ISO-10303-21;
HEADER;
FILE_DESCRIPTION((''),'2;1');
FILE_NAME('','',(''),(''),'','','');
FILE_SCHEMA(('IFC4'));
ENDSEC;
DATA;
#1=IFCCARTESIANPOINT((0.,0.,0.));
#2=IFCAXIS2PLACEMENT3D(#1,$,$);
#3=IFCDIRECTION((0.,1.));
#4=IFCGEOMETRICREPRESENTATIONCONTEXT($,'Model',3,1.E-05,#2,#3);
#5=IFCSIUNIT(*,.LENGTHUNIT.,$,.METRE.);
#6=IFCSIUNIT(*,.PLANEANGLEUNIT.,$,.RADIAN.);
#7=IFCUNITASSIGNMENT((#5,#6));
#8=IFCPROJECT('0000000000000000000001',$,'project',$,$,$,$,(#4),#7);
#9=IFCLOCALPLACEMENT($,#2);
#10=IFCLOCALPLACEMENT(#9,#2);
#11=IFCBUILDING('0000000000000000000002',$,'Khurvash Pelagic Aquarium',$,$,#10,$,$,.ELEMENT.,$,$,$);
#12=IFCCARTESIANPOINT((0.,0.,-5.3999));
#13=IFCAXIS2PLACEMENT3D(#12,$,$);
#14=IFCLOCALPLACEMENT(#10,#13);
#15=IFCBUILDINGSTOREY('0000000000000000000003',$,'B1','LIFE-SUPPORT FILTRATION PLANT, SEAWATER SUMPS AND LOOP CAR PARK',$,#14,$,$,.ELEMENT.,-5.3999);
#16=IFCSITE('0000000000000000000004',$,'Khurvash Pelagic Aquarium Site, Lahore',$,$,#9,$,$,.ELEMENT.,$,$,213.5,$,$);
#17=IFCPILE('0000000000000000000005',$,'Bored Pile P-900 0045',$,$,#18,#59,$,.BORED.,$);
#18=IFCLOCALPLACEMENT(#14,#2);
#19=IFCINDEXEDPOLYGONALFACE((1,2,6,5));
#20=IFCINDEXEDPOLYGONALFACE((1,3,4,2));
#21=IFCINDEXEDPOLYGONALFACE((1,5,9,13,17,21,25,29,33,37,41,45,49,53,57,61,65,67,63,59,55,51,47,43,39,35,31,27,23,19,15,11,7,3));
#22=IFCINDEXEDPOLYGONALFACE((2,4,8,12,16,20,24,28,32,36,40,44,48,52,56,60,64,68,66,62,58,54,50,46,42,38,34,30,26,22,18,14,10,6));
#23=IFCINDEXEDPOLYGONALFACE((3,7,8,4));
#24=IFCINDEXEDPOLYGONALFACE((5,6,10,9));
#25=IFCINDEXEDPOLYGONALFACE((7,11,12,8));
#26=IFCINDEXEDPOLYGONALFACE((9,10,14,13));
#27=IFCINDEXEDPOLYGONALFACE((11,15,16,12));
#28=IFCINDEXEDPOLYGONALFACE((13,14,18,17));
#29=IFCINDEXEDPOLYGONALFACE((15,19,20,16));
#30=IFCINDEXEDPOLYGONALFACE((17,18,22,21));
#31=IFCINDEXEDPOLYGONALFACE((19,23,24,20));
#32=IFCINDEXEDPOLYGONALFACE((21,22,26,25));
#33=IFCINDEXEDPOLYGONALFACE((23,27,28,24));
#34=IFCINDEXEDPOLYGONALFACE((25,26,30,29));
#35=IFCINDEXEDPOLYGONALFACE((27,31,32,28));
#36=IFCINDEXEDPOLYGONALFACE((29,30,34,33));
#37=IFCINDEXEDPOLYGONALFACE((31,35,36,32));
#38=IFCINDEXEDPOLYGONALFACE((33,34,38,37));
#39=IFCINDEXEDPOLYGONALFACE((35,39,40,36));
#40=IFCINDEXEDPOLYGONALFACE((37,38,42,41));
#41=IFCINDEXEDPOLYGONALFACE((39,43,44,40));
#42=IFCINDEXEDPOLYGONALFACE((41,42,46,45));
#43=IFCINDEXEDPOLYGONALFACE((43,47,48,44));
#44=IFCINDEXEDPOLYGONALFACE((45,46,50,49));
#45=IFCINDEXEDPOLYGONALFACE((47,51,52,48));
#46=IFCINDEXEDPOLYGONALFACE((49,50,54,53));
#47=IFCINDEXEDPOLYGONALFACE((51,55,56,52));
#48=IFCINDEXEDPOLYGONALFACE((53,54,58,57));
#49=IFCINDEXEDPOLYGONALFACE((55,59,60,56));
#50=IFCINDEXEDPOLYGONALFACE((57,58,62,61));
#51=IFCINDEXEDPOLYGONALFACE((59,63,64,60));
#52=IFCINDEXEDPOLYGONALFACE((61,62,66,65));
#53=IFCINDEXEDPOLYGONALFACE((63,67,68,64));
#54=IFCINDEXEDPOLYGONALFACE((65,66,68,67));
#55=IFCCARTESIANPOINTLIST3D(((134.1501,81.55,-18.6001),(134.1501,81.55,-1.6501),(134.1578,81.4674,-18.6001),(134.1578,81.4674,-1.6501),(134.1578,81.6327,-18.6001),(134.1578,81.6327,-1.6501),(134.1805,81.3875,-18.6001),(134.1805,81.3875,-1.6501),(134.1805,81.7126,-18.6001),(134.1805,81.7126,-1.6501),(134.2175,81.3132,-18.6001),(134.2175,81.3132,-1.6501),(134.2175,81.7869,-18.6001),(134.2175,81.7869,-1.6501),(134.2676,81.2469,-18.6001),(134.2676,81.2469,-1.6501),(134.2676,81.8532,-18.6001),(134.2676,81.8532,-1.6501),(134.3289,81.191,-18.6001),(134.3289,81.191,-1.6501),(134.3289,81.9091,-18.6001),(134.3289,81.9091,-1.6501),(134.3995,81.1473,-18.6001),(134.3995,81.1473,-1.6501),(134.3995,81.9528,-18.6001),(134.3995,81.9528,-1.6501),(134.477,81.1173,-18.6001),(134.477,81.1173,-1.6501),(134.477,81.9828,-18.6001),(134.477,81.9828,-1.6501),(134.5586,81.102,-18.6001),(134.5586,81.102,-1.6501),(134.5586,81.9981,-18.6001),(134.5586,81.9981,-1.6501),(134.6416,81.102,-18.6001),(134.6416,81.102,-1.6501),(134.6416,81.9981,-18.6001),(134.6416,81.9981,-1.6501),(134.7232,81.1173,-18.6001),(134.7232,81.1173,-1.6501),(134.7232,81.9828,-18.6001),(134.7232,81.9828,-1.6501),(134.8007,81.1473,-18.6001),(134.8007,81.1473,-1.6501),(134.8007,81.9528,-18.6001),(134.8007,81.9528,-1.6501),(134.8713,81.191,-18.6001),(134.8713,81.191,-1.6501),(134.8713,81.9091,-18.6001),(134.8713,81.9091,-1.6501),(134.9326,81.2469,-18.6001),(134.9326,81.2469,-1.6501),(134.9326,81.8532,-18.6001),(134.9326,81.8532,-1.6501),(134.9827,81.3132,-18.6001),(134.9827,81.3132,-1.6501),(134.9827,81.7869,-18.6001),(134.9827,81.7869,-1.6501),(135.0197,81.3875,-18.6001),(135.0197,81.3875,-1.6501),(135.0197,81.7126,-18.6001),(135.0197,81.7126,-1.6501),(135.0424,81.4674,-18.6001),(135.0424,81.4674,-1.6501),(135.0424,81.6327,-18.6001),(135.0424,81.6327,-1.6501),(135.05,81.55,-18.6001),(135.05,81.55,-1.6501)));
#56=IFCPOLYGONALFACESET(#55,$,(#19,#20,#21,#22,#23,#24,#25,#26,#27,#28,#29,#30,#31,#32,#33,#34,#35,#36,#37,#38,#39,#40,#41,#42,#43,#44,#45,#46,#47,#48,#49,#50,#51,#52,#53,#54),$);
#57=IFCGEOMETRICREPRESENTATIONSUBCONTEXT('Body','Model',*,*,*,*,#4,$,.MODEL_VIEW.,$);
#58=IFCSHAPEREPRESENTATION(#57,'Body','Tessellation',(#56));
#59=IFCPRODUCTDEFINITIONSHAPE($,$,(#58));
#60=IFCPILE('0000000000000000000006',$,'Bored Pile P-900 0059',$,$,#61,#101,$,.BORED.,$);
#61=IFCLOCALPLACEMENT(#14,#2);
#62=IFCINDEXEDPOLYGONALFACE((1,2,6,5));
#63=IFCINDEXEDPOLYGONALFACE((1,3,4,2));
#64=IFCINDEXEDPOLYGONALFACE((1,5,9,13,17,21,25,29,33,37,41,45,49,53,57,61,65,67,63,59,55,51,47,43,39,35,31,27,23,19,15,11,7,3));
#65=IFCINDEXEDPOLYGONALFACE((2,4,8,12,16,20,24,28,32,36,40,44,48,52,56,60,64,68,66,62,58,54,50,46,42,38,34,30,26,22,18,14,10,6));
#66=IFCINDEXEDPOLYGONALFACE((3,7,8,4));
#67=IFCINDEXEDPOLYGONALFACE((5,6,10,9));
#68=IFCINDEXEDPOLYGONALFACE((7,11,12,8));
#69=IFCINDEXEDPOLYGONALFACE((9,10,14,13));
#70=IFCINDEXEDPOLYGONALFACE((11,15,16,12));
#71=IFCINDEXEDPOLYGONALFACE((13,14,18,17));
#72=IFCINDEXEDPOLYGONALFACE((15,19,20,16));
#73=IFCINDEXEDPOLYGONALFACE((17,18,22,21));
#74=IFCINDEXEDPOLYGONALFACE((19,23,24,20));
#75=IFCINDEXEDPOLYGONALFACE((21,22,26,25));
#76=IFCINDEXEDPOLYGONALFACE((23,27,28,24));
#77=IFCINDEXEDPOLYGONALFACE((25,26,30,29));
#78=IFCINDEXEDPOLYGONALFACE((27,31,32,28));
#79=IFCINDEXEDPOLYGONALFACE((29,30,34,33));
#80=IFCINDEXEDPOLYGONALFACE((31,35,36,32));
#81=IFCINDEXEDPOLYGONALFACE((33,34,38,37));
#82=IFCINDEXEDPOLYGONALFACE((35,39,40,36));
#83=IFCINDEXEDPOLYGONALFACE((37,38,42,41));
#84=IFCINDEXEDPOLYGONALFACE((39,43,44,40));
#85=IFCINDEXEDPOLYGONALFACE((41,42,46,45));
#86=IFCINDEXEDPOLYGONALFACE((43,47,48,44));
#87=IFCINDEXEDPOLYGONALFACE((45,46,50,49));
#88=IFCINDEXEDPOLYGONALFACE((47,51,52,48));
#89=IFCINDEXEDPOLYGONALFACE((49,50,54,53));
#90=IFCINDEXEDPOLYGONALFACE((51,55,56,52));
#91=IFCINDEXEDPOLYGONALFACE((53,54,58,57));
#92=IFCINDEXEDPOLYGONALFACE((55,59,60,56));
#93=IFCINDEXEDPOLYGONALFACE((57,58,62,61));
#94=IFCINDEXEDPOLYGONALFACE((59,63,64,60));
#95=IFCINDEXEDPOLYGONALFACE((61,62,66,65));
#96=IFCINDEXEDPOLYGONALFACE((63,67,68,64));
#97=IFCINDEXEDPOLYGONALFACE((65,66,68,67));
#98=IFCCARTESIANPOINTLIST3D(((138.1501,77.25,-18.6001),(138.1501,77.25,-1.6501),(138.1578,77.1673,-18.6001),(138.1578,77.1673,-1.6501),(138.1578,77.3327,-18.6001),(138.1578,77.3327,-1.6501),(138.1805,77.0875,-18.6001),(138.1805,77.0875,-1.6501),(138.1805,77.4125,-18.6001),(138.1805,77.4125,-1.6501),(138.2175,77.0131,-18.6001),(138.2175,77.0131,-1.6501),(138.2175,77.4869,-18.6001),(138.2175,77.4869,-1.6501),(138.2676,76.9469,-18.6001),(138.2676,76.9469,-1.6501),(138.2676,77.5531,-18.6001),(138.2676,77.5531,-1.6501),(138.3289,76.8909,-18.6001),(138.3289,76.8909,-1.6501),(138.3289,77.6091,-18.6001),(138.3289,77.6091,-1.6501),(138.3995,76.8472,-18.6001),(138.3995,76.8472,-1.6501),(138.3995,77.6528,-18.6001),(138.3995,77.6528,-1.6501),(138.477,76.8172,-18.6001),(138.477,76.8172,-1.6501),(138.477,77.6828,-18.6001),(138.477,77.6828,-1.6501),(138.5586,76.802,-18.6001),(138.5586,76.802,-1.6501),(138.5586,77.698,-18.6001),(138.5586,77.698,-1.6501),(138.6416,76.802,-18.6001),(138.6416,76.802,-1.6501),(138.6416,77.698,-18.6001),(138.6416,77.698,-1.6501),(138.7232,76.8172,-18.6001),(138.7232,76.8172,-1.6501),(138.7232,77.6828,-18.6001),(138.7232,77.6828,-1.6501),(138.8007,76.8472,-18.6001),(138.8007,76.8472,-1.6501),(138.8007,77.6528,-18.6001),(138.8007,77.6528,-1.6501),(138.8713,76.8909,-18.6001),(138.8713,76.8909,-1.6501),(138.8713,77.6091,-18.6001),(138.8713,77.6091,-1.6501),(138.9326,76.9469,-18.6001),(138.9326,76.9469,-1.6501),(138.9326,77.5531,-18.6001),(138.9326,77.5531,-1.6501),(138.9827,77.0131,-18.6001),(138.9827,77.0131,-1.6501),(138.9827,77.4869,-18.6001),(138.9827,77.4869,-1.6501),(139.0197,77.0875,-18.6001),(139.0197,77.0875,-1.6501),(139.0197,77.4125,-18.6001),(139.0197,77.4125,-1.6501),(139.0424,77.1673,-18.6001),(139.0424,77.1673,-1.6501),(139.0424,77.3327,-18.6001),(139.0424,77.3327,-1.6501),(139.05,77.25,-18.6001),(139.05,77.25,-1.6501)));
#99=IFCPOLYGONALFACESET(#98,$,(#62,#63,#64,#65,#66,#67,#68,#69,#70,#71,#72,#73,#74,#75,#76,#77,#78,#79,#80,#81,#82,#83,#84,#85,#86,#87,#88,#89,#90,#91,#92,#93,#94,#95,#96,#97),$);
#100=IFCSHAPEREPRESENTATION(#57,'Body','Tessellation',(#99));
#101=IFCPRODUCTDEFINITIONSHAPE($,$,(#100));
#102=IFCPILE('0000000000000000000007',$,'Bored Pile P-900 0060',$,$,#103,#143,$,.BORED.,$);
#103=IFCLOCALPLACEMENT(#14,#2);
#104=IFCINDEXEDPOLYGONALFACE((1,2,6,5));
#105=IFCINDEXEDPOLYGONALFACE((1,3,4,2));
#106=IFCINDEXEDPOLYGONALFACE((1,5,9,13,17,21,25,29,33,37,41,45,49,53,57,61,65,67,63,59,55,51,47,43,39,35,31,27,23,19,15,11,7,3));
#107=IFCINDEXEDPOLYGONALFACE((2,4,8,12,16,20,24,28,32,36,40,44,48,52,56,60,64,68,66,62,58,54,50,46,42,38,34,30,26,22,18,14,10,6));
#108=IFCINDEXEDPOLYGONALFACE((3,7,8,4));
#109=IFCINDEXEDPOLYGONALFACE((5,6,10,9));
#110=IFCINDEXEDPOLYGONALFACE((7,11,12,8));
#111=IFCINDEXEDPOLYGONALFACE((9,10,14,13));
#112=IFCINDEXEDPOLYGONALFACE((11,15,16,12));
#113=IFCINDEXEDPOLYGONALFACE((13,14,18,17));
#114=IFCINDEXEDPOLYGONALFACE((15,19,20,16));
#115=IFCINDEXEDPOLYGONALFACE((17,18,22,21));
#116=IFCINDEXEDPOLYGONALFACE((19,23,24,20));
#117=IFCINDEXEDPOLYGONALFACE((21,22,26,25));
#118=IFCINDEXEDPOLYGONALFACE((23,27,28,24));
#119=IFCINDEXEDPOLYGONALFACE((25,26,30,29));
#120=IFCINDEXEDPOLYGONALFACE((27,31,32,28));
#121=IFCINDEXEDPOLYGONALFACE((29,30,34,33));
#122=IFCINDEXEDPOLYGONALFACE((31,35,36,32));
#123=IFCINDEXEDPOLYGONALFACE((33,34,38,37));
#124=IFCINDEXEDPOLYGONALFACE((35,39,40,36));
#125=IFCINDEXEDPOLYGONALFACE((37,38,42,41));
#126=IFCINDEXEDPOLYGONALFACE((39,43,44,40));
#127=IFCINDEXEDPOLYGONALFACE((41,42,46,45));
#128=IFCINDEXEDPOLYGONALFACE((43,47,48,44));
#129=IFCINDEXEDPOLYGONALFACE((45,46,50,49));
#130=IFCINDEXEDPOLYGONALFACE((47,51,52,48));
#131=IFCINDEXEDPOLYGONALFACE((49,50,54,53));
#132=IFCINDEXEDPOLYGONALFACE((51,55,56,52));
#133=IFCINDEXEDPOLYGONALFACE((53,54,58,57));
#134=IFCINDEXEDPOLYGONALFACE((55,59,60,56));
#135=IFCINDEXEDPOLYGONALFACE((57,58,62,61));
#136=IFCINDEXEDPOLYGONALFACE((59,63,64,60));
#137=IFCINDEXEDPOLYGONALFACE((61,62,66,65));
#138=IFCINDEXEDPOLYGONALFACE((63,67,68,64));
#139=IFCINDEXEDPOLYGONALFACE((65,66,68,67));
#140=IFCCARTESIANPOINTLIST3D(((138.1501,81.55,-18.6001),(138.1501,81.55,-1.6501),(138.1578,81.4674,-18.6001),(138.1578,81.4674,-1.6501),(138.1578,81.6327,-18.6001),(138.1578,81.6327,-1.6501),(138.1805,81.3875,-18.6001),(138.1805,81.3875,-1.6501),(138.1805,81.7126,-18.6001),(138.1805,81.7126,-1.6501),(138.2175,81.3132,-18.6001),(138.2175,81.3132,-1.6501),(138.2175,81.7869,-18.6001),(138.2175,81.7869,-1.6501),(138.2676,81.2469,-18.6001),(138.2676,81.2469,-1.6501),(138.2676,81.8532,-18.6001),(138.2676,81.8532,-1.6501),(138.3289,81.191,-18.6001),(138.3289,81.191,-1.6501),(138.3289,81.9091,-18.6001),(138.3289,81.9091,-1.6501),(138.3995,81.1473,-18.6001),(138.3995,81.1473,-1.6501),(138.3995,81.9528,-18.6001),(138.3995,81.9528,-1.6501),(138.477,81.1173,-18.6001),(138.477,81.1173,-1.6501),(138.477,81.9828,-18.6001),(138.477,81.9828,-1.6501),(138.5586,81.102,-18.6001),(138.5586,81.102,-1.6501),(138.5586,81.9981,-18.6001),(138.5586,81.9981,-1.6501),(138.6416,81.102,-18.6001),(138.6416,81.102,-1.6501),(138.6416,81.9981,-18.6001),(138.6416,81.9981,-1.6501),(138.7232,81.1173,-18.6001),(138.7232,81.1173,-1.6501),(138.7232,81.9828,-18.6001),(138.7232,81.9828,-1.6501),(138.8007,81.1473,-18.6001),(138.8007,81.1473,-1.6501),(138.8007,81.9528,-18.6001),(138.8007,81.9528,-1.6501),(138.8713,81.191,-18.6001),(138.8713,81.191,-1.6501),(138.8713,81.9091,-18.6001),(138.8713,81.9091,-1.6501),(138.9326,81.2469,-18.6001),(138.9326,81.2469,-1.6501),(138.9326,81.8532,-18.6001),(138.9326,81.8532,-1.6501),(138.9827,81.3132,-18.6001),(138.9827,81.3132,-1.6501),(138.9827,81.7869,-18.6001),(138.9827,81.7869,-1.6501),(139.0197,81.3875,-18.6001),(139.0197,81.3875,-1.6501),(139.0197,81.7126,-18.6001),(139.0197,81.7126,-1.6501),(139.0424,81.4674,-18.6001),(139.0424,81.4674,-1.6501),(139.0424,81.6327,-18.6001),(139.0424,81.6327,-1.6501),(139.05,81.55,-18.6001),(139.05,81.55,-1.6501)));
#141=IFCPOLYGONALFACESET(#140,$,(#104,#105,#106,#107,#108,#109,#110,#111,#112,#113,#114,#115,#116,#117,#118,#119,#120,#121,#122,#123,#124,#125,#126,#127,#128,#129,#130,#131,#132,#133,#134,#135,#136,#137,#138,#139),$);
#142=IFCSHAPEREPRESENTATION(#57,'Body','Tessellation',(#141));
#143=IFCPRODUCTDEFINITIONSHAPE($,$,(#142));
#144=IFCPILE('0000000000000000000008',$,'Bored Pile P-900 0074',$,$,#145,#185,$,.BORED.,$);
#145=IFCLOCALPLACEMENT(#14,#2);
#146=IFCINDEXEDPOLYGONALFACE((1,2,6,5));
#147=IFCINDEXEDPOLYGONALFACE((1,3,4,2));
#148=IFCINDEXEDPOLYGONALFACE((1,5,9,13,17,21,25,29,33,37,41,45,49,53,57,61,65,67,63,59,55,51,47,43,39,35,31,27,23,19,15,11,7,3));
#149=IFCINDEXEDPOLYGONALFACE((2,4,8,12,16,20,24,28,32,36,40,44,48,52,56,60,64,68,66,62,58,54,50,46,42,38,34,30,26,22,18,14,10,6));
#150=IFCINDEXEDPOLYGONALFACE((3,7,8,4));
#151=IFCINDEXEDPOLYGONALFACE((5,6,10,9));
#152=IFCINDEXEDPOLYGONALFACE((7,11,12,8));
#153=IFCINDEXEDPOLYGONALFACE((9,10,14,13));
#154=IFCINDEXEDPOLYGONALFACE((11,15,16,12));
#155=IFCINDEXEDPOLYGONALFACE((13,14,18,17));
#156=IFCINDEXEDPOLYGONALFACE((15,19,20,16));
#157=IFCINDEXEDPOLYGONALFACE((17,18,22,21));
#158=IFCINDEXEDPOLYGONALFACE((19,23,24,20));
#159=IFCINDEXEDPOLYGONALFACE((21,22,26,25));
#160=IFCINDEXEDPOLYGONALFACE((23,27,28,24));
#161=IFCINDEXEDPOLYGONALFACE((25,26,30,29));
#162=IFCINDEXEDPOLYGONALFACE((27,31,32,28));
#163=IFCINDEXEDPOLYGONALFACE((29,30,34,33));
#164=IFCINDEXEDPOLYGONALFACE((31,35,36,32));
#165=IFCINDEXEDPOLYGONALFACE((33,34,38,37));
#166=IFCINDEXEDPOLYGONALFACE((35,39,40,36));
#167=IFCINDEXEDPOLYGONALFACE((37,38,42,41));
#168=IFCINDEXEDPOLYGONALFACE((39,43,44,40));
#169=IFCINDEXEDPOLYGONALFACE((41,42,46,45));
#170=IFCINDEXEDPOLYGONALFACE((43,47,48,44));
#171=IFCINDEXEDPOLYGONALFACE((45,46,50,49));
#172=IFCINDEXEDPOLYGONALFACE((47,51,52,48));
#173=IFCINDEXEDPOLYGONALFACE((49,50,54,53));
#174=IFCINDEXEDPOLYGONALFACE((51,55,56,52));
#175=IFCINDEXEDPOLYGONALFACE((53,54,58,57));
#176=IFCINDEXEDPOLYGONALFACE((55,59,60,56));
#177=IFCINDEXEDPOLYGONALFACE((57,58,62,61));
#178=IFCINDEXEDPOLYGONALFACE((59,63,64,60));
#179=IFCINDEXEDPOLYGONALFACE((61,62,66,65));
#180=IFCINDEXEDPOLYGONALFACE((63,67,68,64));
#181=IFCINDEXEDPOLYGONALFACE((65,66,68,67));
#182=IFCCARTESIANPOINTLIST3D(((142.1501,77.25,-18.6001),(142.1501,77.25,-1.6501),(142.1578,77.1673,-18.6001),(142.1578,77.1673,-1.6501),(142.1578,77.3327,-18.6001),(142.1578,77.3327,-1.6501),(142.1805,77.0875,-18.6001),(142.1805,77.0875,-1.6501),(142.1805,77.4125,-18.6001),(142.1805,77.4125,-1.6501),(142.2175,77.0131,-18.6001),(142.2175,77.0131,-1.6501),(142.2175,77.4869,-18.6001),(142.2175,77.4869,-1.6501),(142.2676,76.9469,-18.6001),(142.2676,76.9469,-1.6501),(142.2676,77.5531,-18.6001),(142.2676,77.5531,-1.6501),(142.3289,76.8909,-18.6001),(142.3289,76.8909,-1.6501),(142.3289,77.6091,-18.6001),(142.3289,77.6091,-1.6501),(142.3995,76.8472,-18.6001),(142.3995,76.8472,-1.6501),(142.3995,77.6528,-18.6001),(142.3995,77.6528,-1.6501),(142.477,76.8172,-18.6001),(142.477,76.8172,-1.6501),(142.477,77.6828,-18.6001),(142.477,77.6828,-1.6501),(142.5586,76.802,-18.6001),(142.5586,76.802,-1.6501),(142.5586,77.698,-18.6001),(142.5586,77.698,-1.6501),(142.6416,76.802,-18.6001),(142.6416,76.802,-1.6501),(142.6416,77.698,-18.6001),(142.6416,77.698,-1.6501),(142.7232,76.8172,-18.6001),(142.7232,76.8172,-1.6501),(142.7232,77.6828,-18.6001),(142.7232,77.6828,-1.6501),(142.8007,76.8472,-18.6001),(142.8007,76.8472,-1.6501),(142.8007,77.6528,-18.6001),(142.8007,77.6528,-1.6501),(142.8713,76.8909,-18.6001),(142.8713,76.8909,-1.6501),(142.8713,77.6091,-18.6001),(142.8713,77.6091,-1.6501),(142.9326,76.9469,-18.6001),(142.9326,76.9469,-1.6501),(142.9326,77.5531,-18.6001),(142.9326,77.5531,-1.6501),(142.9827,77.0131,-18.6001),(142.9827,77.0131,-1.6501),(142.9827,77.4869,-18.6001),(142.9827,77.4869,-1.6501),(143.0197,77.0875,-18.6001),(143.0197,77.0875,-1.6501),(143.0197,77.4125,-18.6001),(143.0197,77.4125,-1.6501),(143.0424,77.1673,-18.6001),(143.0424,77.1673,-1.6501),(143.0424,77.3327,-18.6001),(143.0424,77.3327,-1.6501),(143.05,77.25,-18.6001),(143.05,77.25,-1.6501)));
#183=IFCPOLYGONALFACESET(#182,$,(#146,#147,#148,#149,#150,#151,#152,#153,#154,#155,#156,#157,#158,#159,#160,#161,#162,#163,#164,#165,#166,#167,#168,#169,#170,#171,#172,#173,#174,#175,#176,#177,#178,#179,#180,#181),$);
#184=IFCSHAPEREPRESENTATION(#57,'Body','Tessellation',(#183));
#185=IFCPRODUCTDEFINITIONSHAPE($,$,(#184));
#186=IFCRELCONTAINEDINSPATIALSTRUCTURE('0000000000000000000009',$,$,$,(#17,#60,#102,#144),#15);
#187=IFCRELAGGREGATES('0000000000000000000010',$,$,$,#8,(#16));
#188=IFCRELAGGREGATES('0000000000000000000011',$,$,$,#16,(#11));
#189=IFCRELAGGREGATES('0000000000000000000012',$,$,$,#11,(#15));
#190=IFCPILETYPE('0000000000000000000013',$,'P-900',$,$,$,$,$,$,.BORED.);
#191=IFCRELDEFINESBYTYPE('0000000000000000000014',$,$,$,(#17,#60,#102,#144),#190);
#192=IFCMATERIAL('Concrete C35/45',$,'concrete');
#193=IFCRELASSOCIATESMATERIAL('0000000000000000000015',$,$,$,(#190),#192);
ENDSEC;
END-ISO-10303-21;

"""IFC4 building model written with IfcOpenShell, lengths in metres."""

from ifc_helpers import new_model, si_unit, direction, frame, origin, origin_2d, place, context, subcontext, project, spatial, circle, extrude, material, material_profile, profile_set, type_object, element, save


model = new_model("IFC4")

# Units and contexts
model_context = context("Model", 3, precision=1e-05, world=origin(), true_north=direction((0.0, 1.0)))
body_context = subcontext(model_context, "Body", "Model", "MODEL_VIEW")
ifc_project = project(units=[si_unit("LENGTHUNIT", "METRE"), si_unit("PLANEANGLEUNIT", "RADIAN")], contexts=[model_context])

# Site, building, storey
site_placement = place(None, origin())
site = spatial("IfcSite", under=ifc_project, at=site_placement, Name="Khurvash Pelagic Aquarium Site, Lahore", CompositionType="ELEMENT", RefElevation=213.5)
building_placement = place(site_placement, origin())
building = spatial("IfcBuilding", under=site, at=building_placement, Name="Khurvash Pelagic Aquarium", CompositionType="ELEMENT")
storey_placement = place(building_placement, frame((0.0, 0.0, -5.3999)))
storey = spatial("IfcBuildingStorey", under=building, at=storey_placement, Name="B1", Description="LIFE-SUPPORT FILTRATION PLANT, SEAWATER SUMPS AND LOOP CAR PARK", CompositionType="ELEMENT", Elevation=-5.3999)

# Shared definitions
ifc_material_1 = material(Name="Concrete C35/45", Category="concrete")

# Piles
ifc_material_profile_1 = material_profile(ifc_material_1, circle(Radius=0.45, at=origin_2d()), Name="PILE900")
ifc_profile_set_1 = profile_set([ifc_material_profile_1], Name="Concrete C35/45")
pile_type_1 = type_object("IfcPileType", Name="P-900", PredefinedType="BORED", material=ifc_profile_set_1)
for number, where, z_axis, x_axis, name in (
    (1, (134.6001, 81.55, -1.6501), (0.0, 0.0, -1.0), (1.0, 0.0, 0.0), "Bored Pile P-900 0045"),
    (2, (138.6001, 77.25, -1.6501), (0.0, 0.0, -1.0), (1.0, 0.0, 0.0), "Bored Pile P-900 0059"),
    (3, (138.6001, 81.55, -1.6501), (0.0, 0.0, -1.0), (1.0, 0.0, 0.0), "Bored Pile P-900 0060"),
    (4, (142.6001, 77.25, -1.6501), (0.0, 0.0, -1.0), (1.0, 0.0, 0.0), "Bored Pile P-900 0074"),
):
    element("IfcPile", number, at=place(storey_placement, frame(where, z_axis=z_axis, x_axis=x_axis)), inside=storey, type_object=pile_type_1, Name=name, PredefinedType="BORED", context=body_context, shape_type="SweptSolid", body=[
        extrude(circle(Radius=0.45, at=origin_2d()), origin(), (0.0, 0.0, 1.0), 16.95),
    ])

save(model, "model.ifc")
